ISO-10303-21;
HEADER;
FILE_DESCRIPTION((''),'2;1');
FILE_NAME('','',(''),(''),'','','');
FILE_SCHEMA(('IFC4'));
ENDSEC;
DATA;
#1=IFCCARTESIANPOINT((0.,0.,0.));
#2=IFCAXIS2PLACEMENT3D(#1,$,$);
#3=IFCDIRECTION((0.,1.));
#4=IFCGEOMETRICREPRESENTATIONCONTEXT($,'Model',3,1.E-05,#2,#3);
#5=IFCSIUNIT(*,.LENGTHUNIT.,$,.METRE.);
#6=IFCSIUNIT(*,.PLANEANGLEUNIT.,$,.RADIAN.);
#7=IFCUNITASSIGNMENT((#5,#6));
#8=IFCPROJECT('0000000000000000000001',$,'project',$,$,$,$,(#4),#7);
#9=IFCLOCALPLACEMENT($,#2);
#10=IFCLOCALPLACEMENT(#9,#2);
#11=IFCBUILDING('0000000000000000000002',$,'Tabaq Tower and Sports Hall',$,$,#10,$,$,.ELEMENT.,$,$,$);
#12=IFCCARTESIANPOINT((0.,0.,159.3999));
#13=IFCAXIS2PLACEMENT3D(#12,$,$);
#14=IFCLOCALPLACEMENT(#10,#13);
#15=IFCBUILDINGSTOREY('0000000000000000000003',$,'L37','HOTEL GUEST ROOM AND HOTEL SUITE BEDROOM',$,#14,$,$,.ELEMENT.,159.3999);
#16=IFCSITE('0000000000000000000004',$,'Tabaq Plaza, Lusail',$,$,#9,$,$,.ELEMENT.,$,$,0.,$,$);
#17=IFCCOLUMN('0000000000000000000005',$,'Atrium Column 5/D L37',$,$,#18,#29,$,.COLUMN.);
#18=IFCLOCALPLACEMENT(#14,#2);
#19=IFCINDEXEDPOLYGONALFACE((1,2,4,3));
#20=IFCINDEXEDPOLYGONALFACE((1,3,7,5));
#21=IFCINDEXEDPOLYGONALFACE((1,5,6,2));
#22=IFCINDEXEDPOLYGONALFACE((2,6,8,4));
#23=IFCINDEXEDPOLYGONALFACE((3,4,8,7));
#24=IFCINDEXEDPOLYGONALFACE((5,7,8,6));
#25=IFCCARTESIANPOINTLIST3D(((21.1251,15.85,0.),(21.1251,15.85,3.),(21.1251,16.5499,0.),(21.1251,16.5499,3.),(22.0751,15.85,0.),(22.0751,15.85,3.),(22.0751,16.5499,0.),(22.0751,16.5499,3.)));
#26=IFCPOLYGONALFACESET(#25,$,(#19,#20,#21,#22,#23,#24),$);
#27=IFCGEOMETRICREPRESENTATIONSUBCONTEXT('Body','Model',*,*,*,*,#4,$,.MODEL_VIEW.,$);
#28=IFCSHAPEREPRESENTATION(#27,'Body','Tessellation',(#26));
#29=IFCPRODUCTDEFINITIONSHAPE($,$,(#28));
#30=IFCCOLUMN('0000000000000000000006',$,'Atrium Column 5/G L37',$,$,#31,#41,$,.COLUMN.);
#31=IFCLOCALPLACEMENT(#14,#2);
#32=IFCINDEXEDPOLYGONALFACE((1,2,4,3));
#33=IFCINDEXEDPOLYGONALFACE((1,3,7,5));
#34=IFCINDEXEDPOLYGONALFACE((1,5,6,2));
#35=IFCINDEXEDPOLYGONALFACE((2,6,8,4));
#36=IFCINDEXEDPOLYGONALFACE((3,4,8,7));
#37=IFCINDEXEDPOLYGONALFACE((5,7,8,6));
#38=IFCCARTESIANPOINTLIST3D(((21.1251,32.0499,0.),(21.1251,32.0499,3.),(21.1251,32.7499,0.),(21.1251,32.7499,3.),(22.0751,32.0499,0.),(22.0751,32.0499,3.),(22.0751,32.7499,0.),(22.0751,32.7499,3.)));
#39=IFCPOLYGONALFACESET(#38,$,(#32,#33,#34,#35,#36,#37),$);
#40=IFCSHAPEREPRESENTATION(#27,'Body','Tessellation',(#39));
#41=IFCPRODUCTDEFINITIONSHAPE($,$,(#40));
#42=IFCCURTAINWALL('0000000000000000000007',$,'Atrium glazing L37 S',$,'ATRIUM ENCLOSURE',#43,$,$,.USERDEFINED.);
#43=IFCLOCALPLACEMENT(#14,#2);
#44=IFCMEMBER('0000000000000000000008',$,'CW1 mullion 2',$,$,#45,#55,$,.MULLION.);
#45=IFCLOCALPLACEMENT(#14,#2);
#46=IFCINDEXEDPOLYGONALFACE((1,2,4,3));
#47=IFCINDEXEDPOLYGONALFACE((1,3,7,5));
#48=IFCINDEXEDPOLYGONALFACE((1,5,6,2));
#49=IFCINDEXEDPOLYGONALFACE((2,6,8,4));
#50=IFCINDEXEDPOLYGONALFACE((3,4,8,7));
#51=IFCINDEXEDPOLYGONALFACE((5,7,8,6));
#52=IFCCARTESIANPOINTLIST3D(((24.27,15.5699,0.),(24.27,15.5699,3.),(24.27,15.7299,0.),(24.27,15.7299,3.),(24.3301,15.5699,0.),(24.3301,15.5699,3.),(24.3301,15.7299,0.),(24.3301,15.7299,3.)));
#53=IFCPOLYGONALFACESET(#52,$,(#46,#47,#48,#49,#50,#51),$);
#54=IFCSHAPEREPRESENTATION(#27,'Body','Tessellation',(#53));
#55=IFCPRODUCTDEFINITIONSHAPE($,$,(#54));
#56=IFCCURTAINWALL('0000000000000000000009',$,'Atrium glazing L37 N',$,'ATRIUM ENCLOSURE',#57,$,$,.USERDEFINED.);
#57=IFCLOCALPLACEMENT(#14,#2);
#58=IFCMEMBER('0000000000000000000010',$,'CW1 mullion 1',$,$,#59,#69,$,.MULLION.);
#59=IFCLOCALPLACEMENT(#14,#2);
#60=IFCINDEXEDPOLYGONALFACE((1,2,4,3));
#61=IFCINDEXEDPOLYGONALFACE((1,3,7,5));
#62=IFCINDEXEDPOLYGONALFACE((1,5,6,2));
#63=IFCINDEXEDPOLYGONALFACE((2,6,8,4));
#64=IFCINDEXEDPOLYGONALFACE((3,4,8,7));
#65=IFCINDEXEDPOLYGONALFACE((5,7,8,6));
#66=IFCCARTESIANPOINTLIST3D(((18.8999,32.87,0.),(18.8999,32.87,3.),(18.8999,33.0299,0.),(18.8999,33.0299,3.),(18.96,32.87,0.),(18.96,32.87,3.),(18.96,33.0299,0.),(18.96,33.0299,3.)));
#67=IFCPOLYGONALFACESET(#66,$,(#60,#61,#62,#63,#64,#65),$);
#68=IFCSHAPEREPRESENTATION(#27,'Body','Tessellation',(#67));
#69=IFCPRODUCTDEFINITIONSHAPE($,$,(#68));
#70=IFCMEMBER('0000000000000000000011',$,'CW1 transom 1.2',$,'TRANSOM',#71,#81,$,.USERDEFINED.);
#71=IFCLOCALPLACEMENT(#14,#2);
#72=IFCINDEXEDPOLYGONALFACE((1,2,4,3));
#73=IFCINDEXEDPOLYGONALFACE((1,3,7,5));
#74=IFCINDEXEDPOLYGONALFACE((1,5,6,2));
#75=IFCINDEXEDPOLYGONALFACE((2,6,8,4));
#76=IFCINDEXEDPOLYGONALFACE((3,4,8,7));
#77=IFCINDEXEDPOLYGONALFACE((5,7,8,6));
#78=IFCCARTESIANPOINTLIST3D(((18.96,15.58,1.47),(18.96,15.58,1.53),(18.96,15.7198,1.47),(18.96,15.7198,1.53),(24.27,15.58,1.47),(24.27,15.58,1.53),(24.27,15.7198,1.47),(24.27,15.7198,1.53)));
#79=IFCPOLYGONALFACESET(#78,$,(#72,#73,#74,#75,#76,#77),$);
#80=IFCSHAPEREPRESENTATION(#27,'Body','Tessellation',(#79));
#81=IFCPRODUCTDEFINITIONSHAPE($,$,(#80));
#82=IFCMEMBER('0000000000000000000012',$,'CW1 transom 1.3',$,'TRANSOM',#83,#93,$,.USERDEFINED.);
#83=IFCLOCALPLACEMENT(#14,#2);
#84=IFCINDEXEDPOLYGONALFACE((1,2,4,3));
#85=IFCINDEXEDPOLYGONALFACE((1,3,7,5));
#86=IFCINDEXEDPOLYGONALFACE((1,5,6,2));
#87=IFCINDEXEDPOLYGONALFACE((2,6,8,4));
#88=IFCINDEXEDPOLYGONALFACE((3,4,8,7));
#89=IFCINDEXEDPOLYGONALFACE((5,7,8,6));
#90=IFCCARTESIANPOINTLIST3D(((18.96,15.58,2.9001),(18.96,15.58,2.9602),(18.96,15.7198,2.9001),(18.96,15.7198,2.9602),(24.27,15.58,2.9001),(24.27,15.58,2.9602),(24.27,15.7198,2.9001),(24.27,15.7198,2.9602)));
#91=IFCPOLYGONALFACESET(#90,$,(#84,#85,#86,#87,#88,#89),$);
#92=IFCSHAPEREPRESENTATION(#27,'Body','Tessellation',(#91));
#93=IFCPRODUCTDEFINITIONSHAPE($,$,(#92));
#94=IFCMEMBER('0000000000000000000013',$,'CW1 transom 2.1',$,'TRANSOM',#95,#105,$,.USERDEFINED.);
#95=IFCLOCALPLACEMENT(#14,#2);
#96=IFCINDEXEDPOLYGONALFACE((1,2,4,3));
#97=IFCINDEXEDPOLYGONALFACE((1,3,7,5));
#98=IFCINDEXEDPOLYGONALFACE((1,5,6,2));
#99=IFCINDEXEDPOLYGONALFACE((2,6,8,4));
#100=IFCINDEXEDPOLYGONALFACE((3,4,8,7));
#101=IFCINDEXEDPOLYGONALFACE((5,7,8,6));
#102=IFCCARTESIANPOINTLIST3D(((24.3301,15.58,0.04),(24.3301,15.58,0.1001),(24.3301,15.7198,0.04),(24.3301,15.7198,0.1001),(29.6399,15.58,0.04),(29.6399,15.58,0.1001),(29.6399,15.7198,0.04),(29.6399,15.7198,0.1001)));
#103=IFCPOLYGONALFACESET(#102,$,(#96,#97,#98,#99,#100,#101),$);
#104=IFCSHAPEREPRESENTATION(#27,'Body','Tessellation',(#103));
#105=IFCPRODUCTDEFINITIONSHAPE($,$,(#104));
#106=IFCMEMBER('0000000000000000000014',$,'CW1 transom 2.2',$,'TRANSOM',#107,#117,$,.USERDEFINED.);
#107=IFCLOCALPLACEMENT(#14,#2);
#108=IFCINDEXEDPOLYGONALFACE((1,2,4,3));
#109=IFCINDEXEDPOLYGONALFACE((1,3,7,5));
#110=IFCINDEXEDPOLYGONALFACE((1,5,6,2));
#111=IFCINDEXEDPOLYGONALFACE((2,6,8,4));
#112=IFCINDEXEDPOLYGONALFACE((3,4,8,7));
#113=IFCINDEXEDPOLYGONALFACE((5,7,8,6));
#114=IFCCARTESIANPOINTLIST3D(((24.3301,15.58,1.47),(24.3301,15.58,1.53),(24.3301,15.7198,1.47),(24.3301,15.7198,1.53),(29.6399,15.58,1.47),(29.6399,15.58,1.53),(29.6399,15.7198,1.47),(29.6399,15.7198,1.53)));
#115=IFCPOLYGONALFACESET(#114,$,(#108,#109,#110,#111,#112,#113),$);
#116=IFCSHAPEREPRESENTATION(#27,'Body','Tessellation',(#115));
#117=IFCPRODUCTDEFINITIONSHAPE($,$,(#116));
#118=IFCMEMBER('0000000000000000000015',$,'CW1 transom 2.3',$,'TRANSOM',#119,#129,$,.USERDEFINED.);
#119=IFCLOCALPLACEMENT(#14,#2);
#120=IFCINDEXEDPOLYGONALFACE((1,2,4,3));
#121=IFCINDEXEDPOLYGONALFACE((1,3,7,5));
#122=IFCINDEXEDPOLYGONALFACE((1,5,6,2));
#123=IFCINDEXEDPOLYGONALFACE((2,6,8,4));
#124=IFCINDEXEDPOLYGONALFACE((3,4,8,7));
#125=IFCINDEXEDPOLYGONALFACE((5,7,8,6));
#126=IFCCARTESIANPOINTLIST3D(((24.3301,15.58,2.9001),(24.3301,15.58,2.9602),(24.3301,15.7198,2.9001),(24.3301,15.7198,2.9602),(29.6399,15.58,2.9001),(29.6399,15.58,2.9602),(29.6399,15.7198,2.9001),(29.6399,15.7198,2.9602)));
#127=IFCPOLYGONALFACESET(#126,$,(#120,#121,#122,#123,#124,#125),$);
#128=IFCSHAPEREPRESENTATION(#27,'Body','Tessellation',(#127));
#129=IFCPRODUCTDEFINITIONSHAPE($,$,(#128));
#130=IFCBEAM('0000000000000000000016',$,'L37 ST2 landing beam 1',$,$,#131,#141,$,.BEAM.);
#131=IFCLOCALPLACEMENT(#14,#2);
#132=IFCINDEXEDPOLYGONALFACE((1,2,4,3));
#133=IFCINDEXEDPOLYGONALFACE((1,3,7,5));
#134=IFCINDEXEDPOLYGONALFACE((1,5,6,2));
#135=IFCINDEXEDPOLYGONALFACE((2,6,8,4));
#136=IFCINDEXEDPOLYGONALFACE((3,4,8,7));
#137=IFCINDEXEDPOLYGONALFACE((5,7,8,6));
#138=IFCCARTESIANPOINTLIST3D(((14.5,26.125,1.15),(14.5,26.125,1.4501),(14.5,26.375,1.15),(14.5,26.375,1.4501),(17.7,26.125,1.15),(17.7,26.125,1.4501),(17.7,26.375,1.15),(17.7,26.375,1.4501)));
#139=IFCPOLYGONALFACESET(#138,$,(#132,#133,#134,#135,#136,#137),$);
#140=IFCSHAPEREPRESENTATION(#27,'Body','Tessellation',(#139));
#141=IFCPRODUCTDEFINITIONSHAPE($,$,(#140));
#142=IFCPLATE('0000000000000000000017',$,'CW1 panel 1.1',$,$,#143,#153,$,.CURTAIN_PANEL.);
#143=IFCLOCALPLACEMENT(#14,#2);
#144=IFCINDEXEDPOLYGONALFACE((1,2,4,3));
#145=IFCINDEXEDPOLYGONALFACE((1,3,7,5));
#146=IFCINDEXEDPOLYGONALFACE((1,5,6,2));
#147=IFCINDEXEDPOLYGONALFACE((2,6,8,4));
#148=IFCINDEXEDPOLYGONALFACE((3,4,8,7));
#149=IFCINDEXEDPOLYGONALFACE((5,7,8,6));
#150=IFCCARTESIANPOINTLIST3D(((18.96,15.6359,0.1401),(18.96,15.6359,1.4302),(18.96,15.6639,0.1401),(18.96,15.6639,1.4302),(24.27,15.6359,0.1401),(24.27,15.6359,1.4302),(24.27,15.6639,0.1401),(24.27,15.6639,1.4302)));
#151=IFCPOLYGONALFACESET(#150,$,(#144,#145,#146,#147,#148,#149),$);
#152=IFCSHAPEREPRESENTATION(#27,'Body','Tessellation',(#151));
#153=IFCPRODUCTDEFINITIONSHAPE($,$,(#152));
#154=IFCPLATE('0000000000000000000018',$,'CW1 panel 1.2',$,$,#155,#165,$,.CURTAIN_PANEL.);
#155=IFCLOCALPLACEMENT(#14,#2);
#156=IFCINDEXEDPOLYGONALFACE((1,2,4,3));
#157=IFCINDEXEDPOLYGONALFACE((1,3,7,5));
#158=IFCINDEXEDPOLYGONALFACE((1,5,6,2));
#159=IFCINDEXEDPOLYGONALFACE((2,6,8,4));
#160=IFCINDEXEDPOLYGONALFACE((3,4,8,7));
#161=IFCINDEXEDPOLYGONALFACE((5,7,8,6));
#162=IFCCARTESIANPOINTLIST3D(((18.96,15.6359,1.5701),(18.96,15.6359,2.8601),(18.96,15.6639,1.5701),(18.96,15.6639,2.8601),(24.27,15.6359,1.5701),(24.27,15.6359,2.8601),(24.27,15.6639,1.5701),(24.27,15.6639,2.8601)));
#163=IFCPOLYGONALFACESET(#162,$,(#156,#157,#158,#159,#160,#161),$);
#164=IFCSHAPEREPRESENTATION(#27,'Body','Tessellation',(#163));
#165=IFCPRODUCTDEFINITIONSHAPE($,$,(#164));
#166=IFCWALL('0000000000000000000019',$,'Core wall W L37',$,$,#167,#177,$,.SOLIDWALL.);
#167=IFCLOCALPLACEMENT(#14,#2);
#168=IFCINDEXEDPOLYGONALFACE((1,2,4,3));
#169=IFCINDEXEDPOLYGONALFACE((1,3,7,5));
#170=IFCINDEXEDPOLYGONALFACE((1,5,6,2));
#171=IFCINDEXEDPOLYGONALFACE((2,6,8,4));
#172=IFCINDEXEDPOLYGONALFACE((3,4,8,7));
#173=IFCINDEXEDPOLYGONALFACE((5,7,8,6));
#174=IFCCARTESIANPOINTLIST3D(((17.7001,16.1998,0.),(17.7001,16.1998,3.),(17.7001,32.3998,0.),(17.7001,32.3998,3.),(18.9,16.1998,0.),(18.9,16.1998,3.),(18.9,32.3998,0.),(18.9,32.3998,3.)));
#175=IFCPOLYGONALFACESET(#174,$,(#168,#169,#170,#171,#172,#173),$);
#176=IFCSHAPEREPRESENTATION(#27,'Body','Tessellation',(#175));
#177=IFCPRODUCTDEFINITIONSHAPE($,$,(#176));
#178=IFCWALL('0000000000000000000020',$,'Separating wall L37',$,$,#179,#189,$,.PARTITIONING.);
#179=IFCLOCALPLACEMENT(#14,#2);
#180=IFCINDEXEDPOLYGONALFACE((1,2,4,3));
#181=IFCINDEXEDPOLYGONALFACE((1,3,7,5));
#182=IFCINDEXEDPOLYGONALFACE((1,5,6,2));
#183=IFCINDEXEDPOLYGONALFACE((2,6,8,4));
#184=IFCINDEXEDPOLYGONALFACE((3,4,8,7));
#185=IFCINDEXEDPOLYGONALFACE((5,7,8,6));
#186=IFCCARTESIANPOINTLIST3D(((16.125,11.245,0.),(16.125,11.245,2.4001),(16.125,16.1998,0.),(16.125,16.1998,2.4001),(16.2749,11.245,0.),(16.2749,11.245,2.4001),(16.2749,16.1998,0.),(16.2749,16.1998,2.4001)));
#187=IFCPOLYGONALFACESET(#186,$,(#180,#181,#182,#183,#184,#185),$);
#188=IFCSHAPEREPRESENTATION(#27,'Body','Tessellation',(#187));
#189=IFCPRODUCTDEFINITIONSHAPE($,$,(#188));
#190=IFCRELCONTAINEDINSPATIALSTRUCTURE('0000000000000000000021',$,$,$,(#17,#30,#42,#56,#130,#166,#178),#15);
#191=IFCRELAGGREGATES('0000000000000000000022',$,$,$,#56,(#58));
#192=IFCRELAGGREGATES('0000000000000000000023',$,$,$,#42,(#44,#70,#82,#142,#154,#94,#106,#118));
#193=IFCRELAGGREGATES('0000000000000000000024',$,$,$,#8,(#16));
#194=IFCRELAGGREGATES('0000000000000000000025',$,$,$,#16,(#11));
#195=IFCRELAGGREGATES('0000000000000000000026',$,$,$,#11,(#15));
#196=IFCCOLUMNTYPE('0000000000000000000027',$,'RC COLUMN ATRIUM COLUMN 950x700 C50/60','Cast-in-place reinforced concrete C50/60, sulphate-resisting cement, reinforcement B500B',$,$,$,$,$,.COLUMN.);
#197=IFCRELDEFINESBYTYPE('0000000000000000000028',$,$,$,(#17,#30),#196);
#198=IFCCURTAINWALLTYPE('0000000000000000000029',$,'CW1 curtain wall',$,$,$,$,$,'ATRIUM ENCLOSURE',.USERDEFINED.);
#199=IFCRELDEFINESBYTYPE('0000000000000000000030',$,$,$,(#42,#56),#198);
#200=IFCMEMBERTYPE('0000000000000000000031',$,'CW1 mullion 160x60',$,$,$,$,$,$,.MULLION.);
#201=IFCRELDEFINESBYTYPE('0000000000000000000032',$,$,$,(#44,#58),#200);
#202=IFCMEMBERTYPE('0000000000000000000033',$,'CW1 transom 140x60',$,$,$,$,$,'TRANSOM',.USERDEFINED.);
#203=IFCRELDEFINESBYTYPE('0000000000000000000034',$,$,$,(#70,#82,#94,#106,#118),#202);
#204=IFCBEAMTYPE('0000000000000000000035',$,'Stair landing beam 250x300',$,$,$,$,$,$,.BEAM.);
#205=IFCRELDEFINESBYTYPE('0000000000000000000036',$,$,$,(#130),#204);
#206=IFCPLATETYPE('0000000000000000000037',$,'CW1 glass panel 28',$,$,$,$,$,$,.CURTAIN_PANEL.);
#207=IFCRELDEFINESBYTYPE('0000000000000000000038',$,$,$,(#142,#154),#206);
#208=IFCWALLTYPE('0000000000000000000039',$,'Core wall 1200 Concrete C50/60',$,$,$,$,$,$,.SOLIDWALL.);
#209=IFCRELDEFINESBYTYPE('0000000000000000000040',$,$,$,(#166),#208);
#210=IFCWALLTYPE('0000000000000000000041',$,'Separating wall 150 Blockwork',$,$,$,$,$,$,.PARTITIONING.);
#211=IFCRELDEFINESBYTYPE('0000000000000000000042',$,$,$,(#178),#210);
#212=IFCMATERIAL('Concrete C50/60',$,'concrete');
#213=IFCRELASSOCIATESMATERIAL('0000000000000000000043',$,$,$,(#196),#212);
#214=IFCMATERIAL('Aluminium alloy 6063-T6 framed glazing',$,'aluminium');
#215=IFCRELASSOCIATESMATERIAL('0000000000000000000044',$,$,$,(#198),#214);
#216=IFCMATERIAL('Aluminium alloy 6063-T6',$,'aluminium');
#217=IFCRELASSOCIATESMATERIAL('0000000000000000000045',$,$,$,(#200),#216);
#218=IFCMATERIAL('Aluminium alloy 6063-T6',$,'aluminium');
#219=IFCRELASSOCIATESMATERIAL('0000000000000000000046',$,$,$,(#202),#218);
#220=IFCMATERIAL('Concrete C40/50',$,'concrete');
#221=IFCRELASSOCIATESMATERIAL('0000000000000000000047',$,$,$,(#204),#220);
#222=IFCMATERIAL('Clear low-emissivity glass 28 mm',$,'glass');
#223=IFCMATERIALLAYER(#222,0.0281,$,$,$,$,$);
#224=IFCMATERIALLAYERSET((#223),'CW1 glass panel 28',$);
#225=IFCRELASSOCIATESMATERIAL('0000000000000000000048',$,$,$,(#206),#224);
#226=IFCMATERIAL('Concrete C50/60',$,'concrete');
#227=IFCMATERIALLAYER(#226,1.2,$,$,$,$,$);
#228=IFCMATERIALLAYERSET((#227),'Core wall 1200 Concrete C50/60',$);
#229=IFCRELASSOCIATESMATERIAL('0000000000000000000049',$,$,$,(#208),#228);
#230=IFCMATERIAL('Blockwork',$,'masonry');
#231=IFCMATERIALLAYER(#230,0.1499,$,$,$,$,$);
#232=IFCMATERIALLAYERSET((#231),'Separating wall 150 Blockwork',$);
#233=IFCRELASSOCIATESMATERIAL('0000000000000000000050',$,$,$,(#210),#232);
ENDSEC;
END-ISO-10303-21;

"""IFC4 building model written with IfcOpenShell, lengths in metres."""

from ifc_helpers import new_model, si_unit, direction, frame, frame_2d, origin, origin_2d, place, context, subcontext, project, spatial, rectangle, extrude, material, layer, layer_set, material_profile, profile_set, type_object, element, aggregate, save


model = new_model("IFC4")

# Units and contexts
model_context = context("Model", 3, precision=1e-05, world=origin(), true_north=direction((0.0, 1.0)))
body_context = subcontext(model_context, "Body", "Model", "MODEL_VIEW")
ifc_project = project(units=[si_unit("LENGTHUNIT", "METRE"), si_unit("PLANEANGLEUNIT", "RADIAN")], contexts=[model_context])

# Site, building, storey
site_placement = place(None, origin())
site = spatial("IfcSite", under=ifc_project, at=site_placement, Name="Tabaq Plaza, Lusail", CompositionType="ELEMENT", RefElevation=0.0)
building_placement = place(site_placement, origin())
building = spatial("IfcBuilding", under=site, at=building_placement, Name="Tabaq Tower and Sports Hall", CompositionType="ELEMENT")
storey_placement = place(building_placement, frame((0.0, 0.0, 159.3999)))
storey = spatial("IfcBuildingStorey", under=building, at=storey_placement, Name="L37", Description="HOTEL GUEST ROOM AND HOTEL SUITE BEDROOM", CompositionType="ELEMENT", Elevation=159.3999)

# Columns
ifc_material_1 = material(Name="Concrete C50/60", Category="concrete")
ifc_material_profile_1 = material_profile(ifc_material_1, rectangle(XDim=0.95, YDim=0.7, at=origin_2d()), Name="ATRIUM COLUMN 950x700")
ifc_profile_set_1 = profile_set([ifc_material_profile_1], Name="Concrete C50/60")
column_type = type_object("IfcColumnType", Name="RC COLUMN ATRIUM COLUMN 950x700 C50/60", Description="Cast-in-place reinforced concrete C50/60, sulphate-resisting cement, reinforcement B500B", PredefinedType="COLUMN", material=ifc_profile_set_1)
for number, where, z_axis, x_axis, name in (
    (1, (21.6001, 16.2, 0.0), (0.0, 0.0, 1.0), (1.0, 0.0, 0.0), "Atrium Column 5/D L37"),
    (2, (21.6001, 32.3999, 0.0), (0.0, 0.0, 1.0), (1.0, 0.0, 0.0), "Atrium Column 5/G L37"),
):
    element("IfcColumn", number, at=place(storey_placement, frame(where, z_axis=z_axis, x_axis=x_axis)), inside=storey, type_object=column_type, Name=name, PredefinedType="COLUMN", context=body_context, shape_type="SweptSolid", body=[
        extrude(rectangle(XDim=0.95, YDim=0.7, at=origin_2d()), origin(), (0.0, 0.0, 1.0), 3.0),
    ])

# Curtain walls, members
ifc_material_2 = material(Name="Aluminium alloy 6063-T6 framed glazing", Category="aluminium")
curtain_wall_type = type_object("IfcCurtainWallType", Name="CW1 curtain wall", ElementType="ATRIUM ENCLOSURE", PredefinedType="USERDEFINED", material=ifc_material_2)
curtain_wall_1_placement = place(storey_placement, origin())
curtain_wall_1 = element("IfcCurtainWall", 3, at=curtain_wall_1_placement, inside=storey, type_object=curtain_wall_type, Name="Atrium glazing L37 S", ObjectType="ATRIUM ENCLOSURE", PredefinedType="USERDEFINED")
ifc_material_3 = material(Name="Aluminium alloy 6063-T6", Category="aluminium")
ifc_material_profile_2 = material_profile(ifc_material_3, rectangle(XDim=0.1599, YDim=0.0601, at=origin_2d()), Name="MULLION 160x60")
ifc_profile_set_2 = profile_set([ifc_material_profile_2], Name="Aluminium alloy 6063-T6")
member_type_1 = type_object("IfcMemberType", Name="CW1 mullion 160x60", PredefinedType="MULLION", material=ifc_profile_set_2)
member_1_placement = place(storey_placement, frame((24.3, 15.6499, 0.0), z_axis=(0.0, 0.0, 1.0), x_axis=(0.0, 1.0, 0.0)))
member_1 = element("IfcMember", 4, at=member_1_placement, type_object=member_type_1, Name="CW1 mullion 2", PredefinedType="MULLION", context=body_context, shape_type="SweptSolid", body=[
    extrude(rectangle(XDim=0.1599, YDim=0.0601, at=origin_2d()), origin(), (0.0, 0.0, 1.0), 3.0),
])
curtain_wall_2_placement = place(storey_placement, origin())
curtain_wall_2 = element("IfcCurtainWall", 5, at=curtain_wall_2_placement, inside=storey, type_object=curtain_wall_type, Name="Atrium glazing L37 N", ObjectType="ATRIUM ENCLOSURE", PredefinedType="USERDEFINED")
member_2_placement = place(storey_placement, frame((18.9299, 32.95, 0.0), z_axis=(0.0, 0.0, 1.0), x_axis=(0.0, 1.0, 0.0)))
member_2 = element("IfcMember", 6, at=member_2_placement, type_object=member_type_1, Name="CW1 mullion 1", PredefinedType="MULLION", context=body_context, shape_type="SweptSolid", body=[
    extrude(rectangle(XDim=0.1599, YDim=0.0601, at=origin_2d()), origin(), (0.0, 0.0, 1.0), 3.0),
])
aggregate(curtain_wall_2, [member_2])

# Members
ifc_material_4 = material(Name="Aluminium alloy 6063-T6", Category="aluminium")
ifc_material_profile_3 = material_profile(ifc_material_4, rectangle(XDim=0.1399, YDim=0.0601, at=origin_2d()), Name="TRANSOM 140x60")
ifc_profile_set_3 = profile_set([ifc_material_profile_3], Name="Aluminium alloy 6063-T6")
member_type_2 = type_object("IfcMemberType", Name="CW1 transom 140x60", ElementType="TRANSOM", PredefinedType="USERDEFINED", material=ifc_profile_set_3)
member_3_placement = place(storey_placement, frame((18.96, 15.6499, 1.5), z_axis=(1.0, 0.0, 0.0), x_axis=(0.0, 1.0, 0.0)))
member_3 = element("IfcMember", 7, at=member_3_placement, type_object=member_type_2, Name="CW1 transom 1.2", ObjectType="TRANSOM", PredefinedType="USERDEFINED", context=body_context, shape_type="SweptSolid", body=[
    extrude(rectangle(XDim=0.1399, YDim=0.0601, at=origin_2d()), origin(), (0.0, 0.0, 1.0), 5.3101),
])
member_4_placement = place(storey_placement, frame((18.96, 15.6499, 2.9302), z_axis=(1.0, 0.0, 0.0), x_axis=(0.0, 1.0, 0.0)))
member_4 = element("IfcMember", 8, at=member_4_placement, type_object=member_type_2, Name="CW1 transom 1.3", ObjectType="TRANSOM", PredefinedType="USERDEFINED", context=body_context, shape_type="SweptSolid", body=[
    extrude(rectangle(XDim=0.1399, YDim=0.0601, at=origin_2d()), origin(), (0.0, 0.0, 1.0), 5.3101),
])
member_5_placement = place(storey_placement, frame((24.3301, 15.6499, 0.0701), z_axis=(1.0, 0.0, 0.0), x_axis=(0.0, 1.0, 0.0)))
member_5 = element("IfcMember", 9, at=member_5_placement, type_object=member_type_2, Name="CW1 transom 2.1", ObjectType="TRANSOM", PredefinedType="USERDEFINED", context=body_context, shape_type="SweptSolid", body=[
    extrude(rectangle(XDim=0.1399, YDim=0.0601, at=origin_2d()), origin(), (0.0, 0.0, 1.0), 5.3098),
])
member_6_placement = place(storey_placement, frame((24.3301, 15.6499, 1.5), z_axis=(1.0, 0.0, 0.0), x_axis=(0.0, 1.0, 0.0)))
member_6 = element("IfcMember", 10, at=member_6_placement, type_object=member_type_2, Name="CW1 transom 2.2", ObjectType="TRANSOM", PredefinedType="USERDEFINED", context=body_context, shape_type="SweptSolid", body=[
    extrude(rectangle(XDim=0.1399, YDim=0.0601, at=origin_2d()), origin(), (0.0, 0.0, 1.0), 5.3098),
])
member_7_placement = place(storey_placement, frame((24.3301, 15.6499, 2.9302), z_axis=(1.0, 0.0, 0.0), x_axis=(0.0, 1.0, 0.0)))
member_7 = element("IfcMember", 11, at=member_7_placement, type_object=member_type_2, Name="CW1 transom 2.3", ObjectType="TRANSOM", PredefinedType="USERDEFINED", context=body_context, shape_type="SweptSolid", body=[
    extrude(rectangle(XDim=0.1399, YDim=0.0601, at=origin_2d()), origin(), (0.0, 0.0, 1.0), 5.3098),
])

# Beam
ifc_material_5 = material(Name="Concrete C40/50", Category="concrete")
ifc_material_profile_4 = material_profile(ifc_material_5, rectangle(XDim=0.25, YDim=0.3, at=origin_2d()), Name="RC 250x300")
ifc_profile_set_4 = profile_set([ifc_material_profile_4], Name="Concrete C40/50")
beam_type = type_object("IfcBeamType", Name="Stair landing beam 250x300", PredefinedType="BEAM", material=ifc_profile_set_4)
beam_placement = place(storey_placement, frame((14.5, 26.25, 1.3), z_axis=(1.0, 0.0, 0.0), x_axis=(0.0, 1.0, 0.0)))
element("IfcBeam", 12, at=beam_placement, inside=storey, type_object=beam_type, Name="L37 ST2 landing beam 1", PredefinedType="BEAM", context=body_context, shape_type="SweptSolid", body=[
    extrude(rectangle(XDim=0.25, YDim=0.3, at=origin_2d()), origin(), (0.0, 0.0, 1.0), 3.2),
])

# Plates
ifc_material_6 = material(Name="Clear low-emissivity glass 28 mm", Category="glass")
ifc_layer_1 = layer(ifc_material_6, 0.0281)
ifc_layer_set_1 = layer_set([ifc_layer_1], Name="CW1 glass panel 28")
plate_type = type_object("IfcPlateType", Name="CW1 glass panel 28", PredefinedType="CURTAIN_PANEL", material=ifc_layer_set_1)
plate_1_placement = place(storey_placement, frame((21.615, 15.6499, 0.1401), z_axis=(0.0, 0.0, 1.0), x_axis=(1.0, 0.0, 0.0)))
plate_1 = element("IfcPlate", 13, at=plate_1_placement, type_object=plate_type, Name="CW1 panel 1.1", PredefinedType="CURTAIN_PANEL", context=body_context, shape_type="SweptSolid", body=[
    extrude(rectangle(XDim=5.3101, YDim=0.0281, at=origin_2d()), origin(), (0.0, 0.0, 1.0), 1.29),
])
plate_2_placement = place(storey_placement, frame((21.615, 15.6499, 1.5701), z_axis=(0.0, 0.0, 1.0), x_axis=(1.0, 0.0, 0.0)))
plate_2 = element("IfcPlate", 14, at=plate_2_placement, type_object=plate_type, Name="CW1 panel 1.2", PredefinedType="CURTAIN_PANEL", context=body_context, shape_type="SweptSolid", body=[
    extrude(rectangle(XDim=5.3101, YDim=0.0281, at=origin_2d()), origin(), (0.0, 0.0, 1.0), 1.29),
])
aggregate(curtain_wall_1, [member_1, member_3, member_4, plate_1, plate_2, member_5, member_6, member_7])

# Wall
ifc_material_7 = material(Name="Concrete C50/60", Category="concrete")
ifc_layer_2 = layer(ifc_material_7, 1.2)
ifc_layer_set_2 = layer_set([ifc_layer_2], Name="Core wall 1200 Concrete C50/60")
wall_type_1 = type_object("IfcWallType", Name="Core wall 1200 Concrete C50/60", PredefinedType="SOLIDWALL", material=ifc_layer_set_2)
wall_1_placement = place(storey_placement, frame((18.3, 32.3999, 0.0), z_axis=(0.0, 0.0, 1.0), x_axis=(0.0, -1.0, 0.0)))
element("IfcWall", 15, at=wall_1_placement, inside=storey, type_object=wall_type_1, Name="Core wall W L37", PredefinedType="SOLIDWALL", context=body_context, shape_type="SweptSolid", body=[
    extrude(rectangle(XDim=16.2, YDim=1.2, at=frame_2d((8.1001, 0.0))), origin(), (0.0, 0.0, 1.0), 3.0),
])

# Wall
ifc_material_8 = material(Name="Blockwork", Category="masonry")
ifc_layer_3 = layer(ifc_material_8, 0.1499)
ifc_layer_set_3 = layer_set([ifc_layer_3], Name="Separating wall 150 Blockwork")
wall_type_2 = type_object("IfcWallType", Name="Separating wall 150 Blockwork", PredefinedType="PARTITIONING", material=ifc_layer_set_3)
wall_2_placement = place(storey_placement, frame((16.2, 16.2, 0.0), z_axis=(0.0, 0.0, 1.0), x_axis=(0.0, -1.0, 0.0)))
element("IfcWall", 16, at=wall_2_placement, inside=storey, type_object=wall_type_2, Name="Separating wall L37", PredefinedType="PARTITIONING", context=body_context, shape_type="SweptSolid", body=[
    extrude(rectangle(XDim=4.9548, YDim=0.1499, at=frame_2d((2.4775, 0.0))), origin(), (0.0, 0.0, 1.0), 2.4001),
])

save(model, "model.ifc")
